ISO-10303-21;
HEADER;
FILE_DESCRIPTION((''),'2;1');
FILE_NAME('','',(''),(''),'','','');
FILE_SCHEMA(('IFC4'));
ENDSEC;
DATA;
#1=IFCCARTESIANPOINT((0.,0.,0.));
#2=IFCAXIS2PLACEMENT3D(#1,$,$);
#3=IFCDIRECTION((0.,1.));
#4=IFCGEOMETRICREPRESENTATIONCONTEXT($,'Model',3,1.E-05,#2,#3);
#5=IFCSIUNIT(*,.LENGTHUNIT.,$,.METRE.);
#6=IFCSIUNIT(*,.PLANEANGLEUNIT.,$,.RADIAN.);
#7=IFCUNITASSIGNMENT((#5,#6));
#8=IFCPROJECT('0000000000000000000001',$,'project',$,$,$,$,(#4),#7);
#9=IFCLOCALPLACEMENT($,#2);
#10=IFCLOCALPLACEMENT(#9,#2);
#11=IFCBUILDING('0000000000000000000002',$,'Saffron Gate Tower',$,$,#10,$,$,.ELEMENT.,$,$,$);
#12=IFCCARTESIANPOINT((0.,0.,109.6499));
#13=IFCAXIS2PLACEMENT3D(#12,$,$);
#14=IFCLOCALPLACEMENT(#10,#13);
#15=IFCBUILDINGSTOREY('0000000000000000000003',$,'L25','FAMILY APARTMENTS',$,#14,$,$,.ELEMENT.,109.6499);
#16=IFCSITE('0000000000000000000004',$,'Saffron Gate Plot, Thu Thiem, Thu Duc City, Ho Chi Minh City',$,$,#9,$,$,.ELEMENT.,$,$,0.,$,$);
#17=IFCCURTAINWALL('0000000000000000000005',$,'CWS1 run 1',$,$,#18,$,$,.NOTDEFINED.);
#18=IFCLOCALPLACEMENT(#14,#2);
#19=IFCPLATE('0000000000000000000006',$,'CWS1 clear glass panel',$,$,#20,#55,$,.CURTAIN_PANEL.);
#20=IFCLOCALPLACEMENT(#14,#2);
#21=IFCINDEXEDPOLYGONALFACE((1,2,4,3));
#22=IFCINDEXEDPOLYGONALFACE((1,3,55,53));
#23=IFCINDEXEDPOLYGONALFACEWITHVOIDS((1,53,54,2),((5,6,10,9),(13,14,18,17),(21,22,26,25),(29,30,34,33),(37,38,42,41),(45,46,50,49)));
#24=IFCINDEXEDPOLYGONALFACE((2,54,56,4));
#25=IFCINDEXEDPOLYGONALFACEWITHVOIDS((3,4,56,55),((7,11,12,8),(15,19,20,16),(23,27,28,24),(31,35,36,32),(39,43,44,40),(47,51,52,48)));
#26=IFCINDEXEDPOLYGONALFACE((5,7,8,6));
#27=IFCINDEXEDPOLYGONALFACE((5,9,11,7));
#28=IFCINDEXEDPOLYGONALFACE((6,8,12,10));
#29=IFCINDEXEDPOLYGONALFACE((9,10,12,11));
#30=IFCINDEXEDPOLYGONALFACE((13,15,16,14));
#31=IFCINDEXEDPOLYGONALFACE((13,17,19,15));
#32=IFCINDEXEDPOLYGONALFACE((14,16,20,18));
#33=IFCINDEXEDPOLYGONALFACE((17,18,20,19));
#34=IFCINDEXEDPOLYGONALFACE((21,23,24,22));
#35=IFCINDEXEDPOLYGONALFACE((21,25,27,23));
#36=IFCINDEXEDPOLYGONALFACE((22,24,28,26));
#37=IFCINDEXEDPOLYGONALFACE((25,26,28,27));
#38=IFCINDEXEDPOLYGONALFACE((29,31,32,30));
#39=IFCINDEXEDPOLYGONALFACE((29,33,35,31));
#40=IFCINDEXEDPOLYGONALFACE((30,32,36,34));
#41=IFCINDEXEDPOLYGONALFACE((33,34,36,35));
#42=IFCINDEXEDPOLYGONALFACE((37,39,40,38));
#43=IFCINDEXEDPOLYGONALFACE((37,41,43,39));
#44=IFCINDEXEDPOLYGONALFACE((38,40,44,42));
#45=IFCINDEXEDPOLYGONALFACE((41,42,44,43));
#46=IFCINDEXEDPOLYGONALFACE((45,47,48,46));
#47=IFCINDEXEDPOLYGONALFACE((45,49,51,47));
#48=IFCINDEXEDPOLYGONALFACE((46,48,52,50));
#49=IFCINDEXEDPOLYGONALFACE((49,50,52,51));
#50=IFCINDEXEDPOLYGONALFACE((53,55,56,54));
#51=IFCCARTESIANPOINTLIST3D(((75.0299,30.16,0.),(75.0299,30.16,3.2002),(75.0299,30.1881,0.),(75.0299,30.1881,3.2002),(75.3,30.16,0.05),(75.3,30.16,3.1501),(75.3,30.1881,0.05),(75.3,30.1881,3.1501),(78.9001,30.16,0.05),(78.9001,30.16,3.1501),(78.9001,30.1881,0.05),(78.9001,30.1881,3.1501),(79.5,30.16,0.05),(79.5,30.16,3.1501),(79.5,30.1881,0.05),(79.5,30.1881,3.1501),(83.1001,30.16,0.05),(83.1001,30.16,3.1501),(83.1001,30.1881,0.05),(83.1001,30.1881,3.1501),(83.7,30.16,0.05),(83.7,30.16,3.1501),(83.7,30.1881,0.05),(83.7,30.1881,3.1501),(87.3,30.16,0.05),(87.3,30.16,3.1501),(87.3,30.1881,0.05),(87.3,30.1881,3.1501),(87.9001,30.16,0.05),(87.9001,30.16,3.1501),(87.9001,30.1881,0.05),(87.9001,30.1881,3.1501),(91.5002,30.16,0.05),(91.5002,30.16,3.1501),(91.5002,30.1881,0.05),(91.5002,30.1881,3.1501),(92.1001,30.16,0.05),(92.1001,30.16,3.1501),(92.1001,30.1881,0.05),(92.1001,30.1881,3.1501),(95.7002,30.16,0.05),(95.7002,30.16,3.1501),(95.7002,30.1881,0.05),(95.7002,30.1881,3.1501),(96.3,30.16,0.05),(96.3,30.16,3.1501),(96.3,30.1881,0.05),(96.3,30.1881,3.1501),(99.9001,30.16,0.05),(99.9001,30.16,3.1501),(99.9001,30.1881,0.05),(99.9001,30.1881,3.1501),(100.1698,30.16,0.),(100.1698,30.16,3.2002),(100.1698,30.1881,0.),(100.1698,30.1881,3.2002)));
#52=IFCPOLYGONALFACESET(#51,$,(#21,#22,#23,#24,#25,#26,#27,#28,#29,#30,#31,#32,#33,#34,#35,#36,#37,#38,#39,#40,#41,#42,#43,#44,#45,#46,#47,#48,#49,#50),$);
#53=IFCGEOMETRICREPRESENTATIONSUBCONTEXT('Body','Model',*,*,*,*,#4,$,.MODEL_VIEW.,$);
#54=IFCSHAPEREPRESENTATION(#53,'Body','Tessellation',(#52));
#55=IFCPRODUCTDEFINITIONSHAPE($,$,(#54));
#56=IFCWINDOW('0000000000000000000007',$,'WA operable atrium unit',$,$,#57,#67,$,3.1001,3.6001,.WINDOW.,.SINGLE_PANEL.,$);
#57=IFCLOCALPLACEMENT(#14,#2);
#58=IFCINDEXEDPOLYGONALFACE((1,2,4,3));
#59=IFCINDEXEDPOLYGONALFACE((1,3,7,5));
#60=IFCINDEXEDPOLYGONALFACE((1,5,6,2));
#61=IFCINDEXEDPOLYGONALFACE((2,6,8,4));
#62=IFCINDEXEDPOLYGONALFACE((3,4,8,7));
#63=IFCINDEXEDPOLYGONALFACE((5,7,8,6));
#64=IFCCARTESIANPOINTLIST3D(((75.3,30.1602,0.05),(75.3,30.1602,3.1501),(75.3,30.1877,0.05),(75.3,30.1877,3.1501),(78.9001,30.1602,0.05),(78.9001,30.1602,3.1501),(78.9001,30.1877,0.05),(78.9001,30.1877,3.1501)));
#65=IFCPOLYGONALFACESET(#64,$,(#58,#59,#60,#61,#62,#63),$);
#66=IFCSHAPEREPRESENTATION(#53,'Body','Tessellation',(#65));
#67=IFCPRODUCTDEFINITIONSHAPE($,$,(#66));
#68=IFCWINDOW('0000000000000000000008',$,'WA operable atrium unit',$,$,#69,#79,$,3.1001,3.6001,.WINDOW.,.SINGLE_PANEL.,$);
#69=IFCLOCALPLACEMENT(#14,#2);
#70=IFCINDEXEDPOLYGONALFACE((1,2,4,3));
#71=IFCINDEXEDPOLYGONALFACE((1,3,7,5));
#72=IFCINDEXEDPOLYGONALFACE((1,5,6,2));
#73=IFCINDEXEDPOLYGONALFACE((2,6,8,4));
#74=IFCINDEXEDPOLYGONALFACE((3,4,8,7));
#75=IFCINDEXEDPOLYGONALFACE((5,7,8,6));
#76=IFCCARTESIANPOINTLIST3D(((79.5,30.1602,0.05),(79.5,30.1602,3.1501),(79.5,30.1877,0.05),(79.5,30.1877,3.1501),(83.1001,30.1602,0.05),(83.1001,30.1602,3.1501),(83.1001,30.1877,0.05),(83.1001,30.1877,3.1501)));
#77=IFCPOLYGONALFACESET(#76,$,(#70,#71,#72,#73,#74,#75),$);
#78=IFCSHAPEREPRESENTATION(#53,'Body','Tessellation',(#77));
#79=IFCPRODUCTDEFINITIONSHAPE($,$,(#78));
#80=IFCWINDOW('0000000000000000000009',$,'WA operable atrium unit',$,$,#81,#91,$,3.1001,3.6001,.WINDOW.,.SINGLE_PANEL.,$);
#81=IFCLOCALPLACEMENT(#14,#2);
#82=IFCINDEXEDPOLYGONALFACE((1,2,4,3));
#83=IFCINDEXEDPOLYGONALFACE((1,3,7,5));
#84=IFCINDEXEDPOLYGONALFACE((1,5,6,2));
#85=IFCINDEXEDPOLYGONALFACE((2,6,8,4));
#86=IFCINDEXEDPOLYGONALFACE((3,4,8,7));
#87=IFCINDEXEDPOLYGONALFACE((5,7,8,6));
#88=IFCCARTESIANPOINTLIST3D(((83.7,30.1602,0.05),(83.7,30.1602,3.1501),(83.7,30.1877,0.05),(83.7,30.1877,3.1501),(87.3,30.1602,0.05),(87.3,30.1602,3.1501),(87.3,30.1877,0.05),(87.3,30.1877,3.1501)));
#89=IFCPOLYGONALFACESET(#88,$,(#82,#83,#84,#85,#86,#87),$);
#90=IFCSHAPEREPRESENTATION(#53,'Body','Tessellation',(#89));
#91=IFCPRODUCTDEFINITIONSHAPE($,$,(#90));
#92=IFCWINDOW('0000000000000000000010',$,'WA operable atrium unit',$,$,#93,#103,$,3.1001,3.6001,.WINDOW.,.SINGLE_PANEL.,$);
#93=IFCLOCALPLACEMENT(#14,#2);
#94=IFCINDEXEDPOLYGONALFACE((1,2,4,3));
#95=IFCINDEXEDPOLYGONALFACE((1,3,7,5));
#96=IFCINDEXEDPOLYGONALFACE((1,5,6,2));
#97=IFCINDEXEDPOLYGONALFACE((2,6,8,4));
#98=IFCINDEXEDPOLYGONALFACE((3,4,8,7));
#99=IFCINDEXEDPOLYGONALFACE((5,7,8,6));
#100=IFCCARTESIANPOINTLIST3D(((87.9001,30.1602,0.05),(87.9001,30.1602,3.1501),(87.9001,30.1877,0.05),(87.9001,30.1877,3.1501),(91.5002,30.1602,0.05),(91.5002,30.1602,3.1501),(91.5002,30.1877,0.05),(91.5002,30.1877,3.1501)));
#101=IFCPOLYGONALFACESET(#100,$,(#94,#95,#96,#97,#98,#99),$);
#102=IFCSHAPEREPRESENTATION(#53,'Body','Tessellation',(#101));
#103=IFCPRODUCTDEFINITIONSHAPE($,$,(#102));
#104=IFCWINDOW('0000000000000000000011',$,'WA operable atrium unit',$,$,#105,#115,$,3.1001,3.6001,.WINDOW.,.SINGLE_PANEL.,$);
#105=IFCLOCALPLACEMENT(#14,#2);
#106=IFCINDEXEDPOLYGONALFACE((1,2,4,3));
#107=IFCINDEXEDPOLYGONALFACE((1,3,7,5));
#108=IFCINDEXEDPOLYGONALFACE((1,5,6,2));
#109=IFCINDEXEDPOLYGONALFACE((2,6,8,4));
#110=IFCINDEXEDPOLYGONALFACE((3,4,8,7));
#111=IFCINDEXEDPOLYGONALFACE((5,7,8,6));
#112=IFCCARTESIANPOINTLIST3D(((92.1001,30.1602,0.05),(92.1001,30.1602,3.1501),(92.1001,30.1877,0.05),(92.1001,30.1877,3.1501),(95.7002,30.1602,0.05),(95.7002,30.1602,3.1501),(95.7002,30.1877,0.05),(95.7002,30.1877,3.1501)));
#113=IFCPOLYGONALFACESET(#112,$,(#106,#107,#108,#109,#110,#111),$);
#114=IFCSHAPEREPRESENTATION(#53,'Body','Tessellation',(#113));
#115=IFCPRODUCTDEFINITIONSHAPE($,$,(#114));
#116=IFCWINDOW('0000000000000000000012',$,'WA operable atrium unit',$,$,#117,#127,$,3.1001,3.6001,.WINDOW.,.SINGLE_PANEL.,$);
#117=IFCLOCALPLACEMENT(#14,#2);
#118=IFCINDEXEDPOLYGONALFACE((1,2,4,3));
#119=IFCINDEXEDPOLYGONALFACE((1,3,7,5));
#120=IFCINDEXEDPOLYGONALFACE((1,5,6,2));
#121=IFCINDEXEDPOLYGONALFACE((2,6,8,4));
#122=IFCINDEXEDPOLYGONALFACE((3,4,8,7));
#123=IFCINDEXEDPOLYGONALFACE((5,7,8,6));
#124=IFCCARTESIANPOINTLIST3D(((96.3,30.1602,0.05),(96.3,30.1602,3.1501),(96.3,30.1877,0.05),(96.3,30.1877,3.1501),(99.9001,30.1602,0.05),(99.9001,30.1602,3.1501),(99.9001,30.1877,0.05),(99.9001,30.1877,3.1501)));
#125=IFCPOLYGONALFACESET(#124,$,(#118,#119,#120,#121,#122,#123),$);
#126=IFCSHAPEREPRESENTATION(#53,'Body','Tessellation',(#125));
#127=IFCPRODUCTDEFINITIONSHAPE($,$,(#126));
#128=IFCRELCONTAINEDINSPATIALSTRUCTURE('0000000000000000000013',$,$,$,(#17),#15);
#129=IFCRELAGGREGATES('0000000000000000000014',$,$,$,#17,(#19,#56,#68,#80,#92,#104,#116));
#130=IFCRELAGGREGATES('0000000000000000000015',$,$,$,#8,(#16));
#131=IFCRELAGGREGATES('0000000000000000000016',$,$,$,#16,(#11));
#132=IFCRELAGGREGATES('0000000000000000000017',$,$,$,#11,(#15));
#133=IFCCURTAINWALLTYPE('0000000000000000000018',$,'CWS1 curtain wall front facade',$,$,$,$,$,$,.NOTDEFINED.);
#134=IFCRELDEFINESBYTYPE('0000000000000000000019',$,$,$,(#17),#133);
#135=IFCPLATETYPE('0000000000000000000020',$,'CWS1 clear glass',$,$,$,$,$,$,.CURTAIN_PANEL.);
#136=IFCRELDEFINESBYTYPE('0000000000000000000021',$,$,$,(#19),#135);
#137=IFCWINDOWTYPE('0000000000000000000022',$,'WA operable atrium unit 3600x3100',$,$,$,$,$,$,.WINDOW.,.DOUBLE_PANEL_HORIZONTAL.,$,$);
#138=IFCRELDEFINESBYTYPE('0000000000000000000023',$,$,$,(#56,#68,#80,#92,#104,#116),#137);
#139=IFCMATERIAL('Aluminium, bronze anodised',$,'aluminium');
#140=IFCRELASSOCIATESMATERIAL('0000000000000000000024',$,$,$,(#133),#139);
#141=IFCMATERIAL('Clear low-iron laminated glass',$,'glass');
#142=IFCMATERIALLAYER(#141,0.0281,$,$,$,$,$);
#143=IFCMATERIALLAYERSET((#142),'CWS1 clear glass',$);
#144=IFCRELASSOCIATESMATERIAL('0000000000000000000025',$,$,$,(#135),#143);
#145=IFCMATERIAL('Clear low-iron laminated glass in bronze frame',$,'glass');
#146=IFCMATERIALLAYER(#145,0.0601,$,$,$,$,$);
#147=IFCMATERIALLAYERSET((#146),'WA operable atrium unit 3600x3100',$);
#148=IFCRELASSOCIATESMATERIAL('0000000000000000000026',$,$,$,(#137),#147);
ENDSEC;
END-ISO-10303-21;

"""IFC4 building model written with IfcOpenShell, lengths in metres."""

from ifc_helpers import new_model, si_unit, direction, frame, frame_2d, origin, place, context, subcontext, project, spatial, rectangle, extrude, material, layer, layer_set, type_object, element, fill, aggregate, save


model = new_model("IFC4")

# Units and contexts
model_context = context("Model", 3, precision=1e-05, world=origin(), true_north=direction((0.0, 1.0)))
body_context = subcontext(model_context, "Body", "Model", "MODEL_VIEW")
ifc_project = project(units=[si_unit("LENGTHUNIT", "METRE"), si_unit("PLANEANGLEUNIT", "RADIAN")], contexts=[model_context])

# Site, building, storey
site_placement = place(None, origin())
site = spatial("IfcSite", under=ifc_project, at=site_placement, Name="Saffron Gate Plot, Thu Thiem, Thu Duc City, Ho Chi Minh City", CompositionType="ELEMENT", RefElevation=0.0)
building_placement = place(site_placement, origin())
building = spatial("IfcBuilding", under=site, at=building_placement, Name="Saffron Gate Tower", CompositionType="ELEMENT")
storey_placement = place(building_placement, frame((0.0, 0.0, 109.6499)))
storey = spatial("IfcBuildingStorey", under=building, at=storey_placement, Name="L25", Description="FAMILY APARTMENTS", CompositionType="ELEMENT", Elevation=109.6499)

# Curtain wall, plate, openings, windows
ifc_material_1 = material(Name="Aluminium, bronze anodised", Category="aluminium")
curtain_wall_type = type_object("IfcCurtainWallType", Name="CWS1 curtain wall front facade", PredefinedType="NOTDEFINED", material=ifc_material_1)
curtain_wall_placement = place(storey_placement, origin())
curtain_wall = element("IfcCurtainWall", 1, at=curtain_wall_placement, inside=storey, type_object=curtain_wall_type, Name="CWS1 run 1", PredefinedType="NOTDEFINED")
ifc_material_2 = material(Name="Clear low-iron laminated glass", Category="glass")
ifc_layer_1 = layer(ifc_material_2, 0.0281)
ifc_layer_set_1 = layer_set([ifc_layer_1], Name="CWS1 clear glass")
plate_type = type_object("IfcPlateType", Name="CWS1 clear glass", PredefinedType="CURTAIN_PANEL", material=ifc_layer_set_1)
plate_placement = place(storey_placement, frame((75.03, 30.1741, 0.0), z_axis=(0.0, 0.0, 1.0), x_axis=(1.0, 0.0, 0.0)))
plate = element("IfcPlate", 2, at=plate_placement, type_object=plate_type, Name="CWS1 clear glass panel", PredefinedType="CURTAIN_PANEL", context=body_context, shape_type="SweptSolid", body=[
    extrude(rectangle(XDim=25.1399, YDim=0.0281, at=frame_2d((12.5698, 0.0))), origin(), (0.0, 0.0, 1.0), 3.2002),
])
opening_1_placement = place(plate_placement, frame((0.27, 0.0, 0.05)))
opening_1 = element("IfcOpeningElement", 3, at=opening_1_placement, cuts=plate, PredefinedType="OPENING", context=body_context, shape_type="SweptSolid", body=[
    extrude(rectangle(XDim=3.6001, YDim=3.1001, at=frame_2d((1.8, 1.55))), frame((0.0, 0.0239, 0.0), z_axis=(0.0, -1.0, 0.0), x_axis=(1.0, 0.0, 0.0)), (0.0, 0.0, 1.0), 0.0481),
])
opening_2_placement = place(plate_placement, frame((4.47, 0.0, 0.05)))
opening_2 = element("IfcOpeningElement", 4, at=opening_2_placement, cuts=plate, PredefinedType="OPENING", context=body_context, shape_type="SweptSolid", body=[
    extrude(rectangle(XDim=3.6001, YDim=3.1001, at=frame_2d((1.8, 1.55))), frame((0.0, 0.0239, 0.0), z_axis=(0.0, -1.0, 0.0), x_axis=(1.0, 0.0, 0.0)), (0.0, 0.0, 1.0), 0.0481),
])
opening_3_placement = place(plate_placement, frame((8.6699, 0.0, 0.05)))
opening_3 = element("IfcOpeningElement", 5, at=opening_3_placement, cuts=plate, PredefinedType="OPENING", context=body_context, shape_type="SweptSolid", body=[
    extrude(rectangle(XDim=3.6001, YDim=3.1001, at=frame_2d((1.8, 1.55))), frame((0.0, 0.0239, 0.0), z_axis=(0.0, -1.0, 0.0), x_axis=(1.0, 0.0, 0.0)), (0.0, 0.0, 1.0), 0.0481),
])
opening_4_placement = place(plate_placement, frame((12.8701, 0.0, 0.05)))
opening_4 = element("IfcOpeningElement", 6, at=opening_4_placement, cuts=plate, PredefinedType="OPENING", context=body_context, shape_type="SweptSolid", body=[
    extrude(rectangle(XDim=3.6001, YDim=3.1001, at=frame_2d((1.8, 1.55))), frame((0.0, 0.0239, 0.0), z_axis=(0.0, -1.0, 0.0), x_axis=(1.0, 0.0, 0.0)), (0.0, 0.0, 1.0), 0.0481),
])
opening_5_placement = place(plate_placement, frame((17.0701, 0.0, 0.05)))
opening_5 = element("IfcOpeningElement", 7, at=opening_5_placement, cuts=plate, PredefinedType="OPENING", context=body_context, shape_type="SweptSolid", body=[
    extrude(rectangle(XDim=3.6001, YDim=3.1001, at=frame_2d((1.8, 1.55))), frame((0.0, 0.0239, 0.0), z_axis=(0.0, -1.0, 0.0), x_axis=(1.0, 0.0, 0.0)), (0.0, 0.0, 1.0), 0.0481),
])
opening_6_placement = place(plate_placement, frame((21.27, 0.0, 0.05)))
opening_6 = element("IfcOpeningElement", 8, at=opening_6_placement, cuts=plate, PredefinedType="OPENING", context=body_context, shape_type="SweptSolid", body=[
    extrude(rectangle(XDim=3.6001, YDim=3.1001, at=frame_2d((1.8, 1.55))), frame((0.0, 0.0239, 0.0), z_axis=(0.0, -1.0, 0.0), x_axis=(1.0, 0.0, 0.0)), (0.0, 0.0, 1.0), 0.0481),
])
ifc_material_3 = material(Name="Clear low-iron laminated glass in bronze frame", Category="glass")
ifc_layer_2 = layer(ifc_material_3, 0.0601)
ifc_layer_set_2 = layer_set([ifc_layer_2], Name="WA operable atrium unit 3600x3100")
window_type = type_object("IfcWindowType", Name="WA operable atrium unit 3600x3100", PartitioningType="DOUBLE_PANEL_HORIZONTAL", PredefinedType="WINDOW", material=ifc_layer_set_2)
window_1_placement = place(opening_1_placement, origin())
window_1 = element("IfcWindow", 9, at=window_1_placement, type_object=window_type, Name="WA operable atrium unit", OverallHeight=3.1001, OverallWidth=3.6001, PartitioningType="SINGLE_PANEL", PredefinedType="WINDOW", context=body_context, shape_type="SweptSolid", body=[
    extrude(rectangle(XDim=3.6001, YDim=3.1001, at=frame_2d((1.8, 1.55))), frame((0.0, 0.0137, 0.0), z_axis=(0.0, -1.0, 0.0), x_axis=(1.0, 0.0, 0.0)), (0.0, 0.0, 1.0), 0.0276),
])
fill(opening_1, window_1)
window_2_placement = place(opening_2_placement, origin())
window_2 = element("IfcWindow", 10, at=window_2_placement, type_object=window_type, Name="WA operable atrium unit", OverallHeight=3.1001, OverallWidth=3.6001, PartitioningType="SINGLE_PANEL", PredefinedType="WINDOW", context=body_context, shape_type="SweptSolid", body=[
    extrude(rectangle(XDim=3.6001, YDim=3.1001, at=frame_2d((1.8, 1.55))), frame((0.0, 0.0137, 0.0), z_axis=(0.0, -1.0, 0.0), x_axis=(1.0, 0.0, 0.0)), (0.0, 0.0, 1.0), 0.0276),
])
fill(opening_2, window_2)
window_3_placement = place(opening_3_placement, origin())
window_3 = element("IfcWindow", 11, at=window_3_placement, type_object=window_type, Name="WA operable atrium unit", OverallHeight=3.1001, OverallWidth=3.6001, PartitioningType="SINGLE_PANEL", PredefinedType="WINDOW", context=body_context, shape_type="SweptSolid", body=[
    extrude(rectangle(XDim=3.6001, YDim=3.1001, at=frame_2d((1.8, 1.55))), frame((0.0, 0.0137, 0.0), z_axis=(0.0, -1.0, 0.0), x_axis=(1.0, 0.0, 0.0)), (0.0, 0.0, 1.0), 0.0276),
])
fill(opening_3, window_3)
window_4_placement = place(opening_4_placement, origin())
window_4 = element("IfcWindow", 12, at=window_4_placement, type_object=window_type, Name="WA operable atrium unit", OverallHeight=3.1001, OverallWidth=3.6001, PartitioningType="SINGLE_PANEL", PredefinedType="WINDOW", context=body_context, shape_type="SweptSolid", body=[
    extrude(rectangle(XDim=3.6001, YDim=3.1001, at=frame_2d((1.8, 1.55))), frame((0.0, 0.0137, 0.0), z_axis=(0.0, -1.0, 0.0), x_axis=(1.0, 0.0, 0.0)), (0.0, 0.0, 1.0), 0.0276),
])
fill(opening_4, window_4)
window_5_placement = place(opening_5_placement, origin())
window_5 = element("IfcWindow", 13, at=window_5_placement, type_object=window_type, Name="WA operable atrium unit", OverallHeight=3.1001, OverallWidth=3.6001, PartitioningType="SINGLE_PANEL", PredefinedType="WINDOW", context=body_context, shape_type="SweptSolid", body=[
    extrude(rectangle(XDim=3.6001, YDim=3.1001, at=frame_2d((1.8, 1.55))), frame((0.0, 0.0137, 0.0), z_axis=(0.0, -1.0, 0.0), x_axis=(1.0, 0.0, 0.0)), (0.0, 0.0, 1.0), 0.0276),
])
fill(opening_5, window_5)
window_6_placement = place(opening_6_placement, origin())
window_6 = element("IfcWindow", 14, at=window_6_placement, type_object=window_type, Name="WA operable atrium unit", OverallHeight=3.1001, OverallWidth=3.6001, PartitioningType="SINGLE_PANEL", PredefinedType="WINDOW", context=body_context, shape_type="SweptSolid", body=[
    extrude(rectangle(XDim=3.6001, YDim=3.1001, at=frame_2d((1.8, 1.55))), frame((0.0, 0.0137, 0.0), z_axis=(0.0, -1.0, 0.0), x_axis=(1.0, 0.0, 0.0)), (0.0, 0.0, 1.0), 0.0276),
])
fill(opening_6, window_6)
aggregate(curtain_wall, [plate, window_1, window_2, window_3, window_4, window_5, window_6])

save(model, "model.ifc")
